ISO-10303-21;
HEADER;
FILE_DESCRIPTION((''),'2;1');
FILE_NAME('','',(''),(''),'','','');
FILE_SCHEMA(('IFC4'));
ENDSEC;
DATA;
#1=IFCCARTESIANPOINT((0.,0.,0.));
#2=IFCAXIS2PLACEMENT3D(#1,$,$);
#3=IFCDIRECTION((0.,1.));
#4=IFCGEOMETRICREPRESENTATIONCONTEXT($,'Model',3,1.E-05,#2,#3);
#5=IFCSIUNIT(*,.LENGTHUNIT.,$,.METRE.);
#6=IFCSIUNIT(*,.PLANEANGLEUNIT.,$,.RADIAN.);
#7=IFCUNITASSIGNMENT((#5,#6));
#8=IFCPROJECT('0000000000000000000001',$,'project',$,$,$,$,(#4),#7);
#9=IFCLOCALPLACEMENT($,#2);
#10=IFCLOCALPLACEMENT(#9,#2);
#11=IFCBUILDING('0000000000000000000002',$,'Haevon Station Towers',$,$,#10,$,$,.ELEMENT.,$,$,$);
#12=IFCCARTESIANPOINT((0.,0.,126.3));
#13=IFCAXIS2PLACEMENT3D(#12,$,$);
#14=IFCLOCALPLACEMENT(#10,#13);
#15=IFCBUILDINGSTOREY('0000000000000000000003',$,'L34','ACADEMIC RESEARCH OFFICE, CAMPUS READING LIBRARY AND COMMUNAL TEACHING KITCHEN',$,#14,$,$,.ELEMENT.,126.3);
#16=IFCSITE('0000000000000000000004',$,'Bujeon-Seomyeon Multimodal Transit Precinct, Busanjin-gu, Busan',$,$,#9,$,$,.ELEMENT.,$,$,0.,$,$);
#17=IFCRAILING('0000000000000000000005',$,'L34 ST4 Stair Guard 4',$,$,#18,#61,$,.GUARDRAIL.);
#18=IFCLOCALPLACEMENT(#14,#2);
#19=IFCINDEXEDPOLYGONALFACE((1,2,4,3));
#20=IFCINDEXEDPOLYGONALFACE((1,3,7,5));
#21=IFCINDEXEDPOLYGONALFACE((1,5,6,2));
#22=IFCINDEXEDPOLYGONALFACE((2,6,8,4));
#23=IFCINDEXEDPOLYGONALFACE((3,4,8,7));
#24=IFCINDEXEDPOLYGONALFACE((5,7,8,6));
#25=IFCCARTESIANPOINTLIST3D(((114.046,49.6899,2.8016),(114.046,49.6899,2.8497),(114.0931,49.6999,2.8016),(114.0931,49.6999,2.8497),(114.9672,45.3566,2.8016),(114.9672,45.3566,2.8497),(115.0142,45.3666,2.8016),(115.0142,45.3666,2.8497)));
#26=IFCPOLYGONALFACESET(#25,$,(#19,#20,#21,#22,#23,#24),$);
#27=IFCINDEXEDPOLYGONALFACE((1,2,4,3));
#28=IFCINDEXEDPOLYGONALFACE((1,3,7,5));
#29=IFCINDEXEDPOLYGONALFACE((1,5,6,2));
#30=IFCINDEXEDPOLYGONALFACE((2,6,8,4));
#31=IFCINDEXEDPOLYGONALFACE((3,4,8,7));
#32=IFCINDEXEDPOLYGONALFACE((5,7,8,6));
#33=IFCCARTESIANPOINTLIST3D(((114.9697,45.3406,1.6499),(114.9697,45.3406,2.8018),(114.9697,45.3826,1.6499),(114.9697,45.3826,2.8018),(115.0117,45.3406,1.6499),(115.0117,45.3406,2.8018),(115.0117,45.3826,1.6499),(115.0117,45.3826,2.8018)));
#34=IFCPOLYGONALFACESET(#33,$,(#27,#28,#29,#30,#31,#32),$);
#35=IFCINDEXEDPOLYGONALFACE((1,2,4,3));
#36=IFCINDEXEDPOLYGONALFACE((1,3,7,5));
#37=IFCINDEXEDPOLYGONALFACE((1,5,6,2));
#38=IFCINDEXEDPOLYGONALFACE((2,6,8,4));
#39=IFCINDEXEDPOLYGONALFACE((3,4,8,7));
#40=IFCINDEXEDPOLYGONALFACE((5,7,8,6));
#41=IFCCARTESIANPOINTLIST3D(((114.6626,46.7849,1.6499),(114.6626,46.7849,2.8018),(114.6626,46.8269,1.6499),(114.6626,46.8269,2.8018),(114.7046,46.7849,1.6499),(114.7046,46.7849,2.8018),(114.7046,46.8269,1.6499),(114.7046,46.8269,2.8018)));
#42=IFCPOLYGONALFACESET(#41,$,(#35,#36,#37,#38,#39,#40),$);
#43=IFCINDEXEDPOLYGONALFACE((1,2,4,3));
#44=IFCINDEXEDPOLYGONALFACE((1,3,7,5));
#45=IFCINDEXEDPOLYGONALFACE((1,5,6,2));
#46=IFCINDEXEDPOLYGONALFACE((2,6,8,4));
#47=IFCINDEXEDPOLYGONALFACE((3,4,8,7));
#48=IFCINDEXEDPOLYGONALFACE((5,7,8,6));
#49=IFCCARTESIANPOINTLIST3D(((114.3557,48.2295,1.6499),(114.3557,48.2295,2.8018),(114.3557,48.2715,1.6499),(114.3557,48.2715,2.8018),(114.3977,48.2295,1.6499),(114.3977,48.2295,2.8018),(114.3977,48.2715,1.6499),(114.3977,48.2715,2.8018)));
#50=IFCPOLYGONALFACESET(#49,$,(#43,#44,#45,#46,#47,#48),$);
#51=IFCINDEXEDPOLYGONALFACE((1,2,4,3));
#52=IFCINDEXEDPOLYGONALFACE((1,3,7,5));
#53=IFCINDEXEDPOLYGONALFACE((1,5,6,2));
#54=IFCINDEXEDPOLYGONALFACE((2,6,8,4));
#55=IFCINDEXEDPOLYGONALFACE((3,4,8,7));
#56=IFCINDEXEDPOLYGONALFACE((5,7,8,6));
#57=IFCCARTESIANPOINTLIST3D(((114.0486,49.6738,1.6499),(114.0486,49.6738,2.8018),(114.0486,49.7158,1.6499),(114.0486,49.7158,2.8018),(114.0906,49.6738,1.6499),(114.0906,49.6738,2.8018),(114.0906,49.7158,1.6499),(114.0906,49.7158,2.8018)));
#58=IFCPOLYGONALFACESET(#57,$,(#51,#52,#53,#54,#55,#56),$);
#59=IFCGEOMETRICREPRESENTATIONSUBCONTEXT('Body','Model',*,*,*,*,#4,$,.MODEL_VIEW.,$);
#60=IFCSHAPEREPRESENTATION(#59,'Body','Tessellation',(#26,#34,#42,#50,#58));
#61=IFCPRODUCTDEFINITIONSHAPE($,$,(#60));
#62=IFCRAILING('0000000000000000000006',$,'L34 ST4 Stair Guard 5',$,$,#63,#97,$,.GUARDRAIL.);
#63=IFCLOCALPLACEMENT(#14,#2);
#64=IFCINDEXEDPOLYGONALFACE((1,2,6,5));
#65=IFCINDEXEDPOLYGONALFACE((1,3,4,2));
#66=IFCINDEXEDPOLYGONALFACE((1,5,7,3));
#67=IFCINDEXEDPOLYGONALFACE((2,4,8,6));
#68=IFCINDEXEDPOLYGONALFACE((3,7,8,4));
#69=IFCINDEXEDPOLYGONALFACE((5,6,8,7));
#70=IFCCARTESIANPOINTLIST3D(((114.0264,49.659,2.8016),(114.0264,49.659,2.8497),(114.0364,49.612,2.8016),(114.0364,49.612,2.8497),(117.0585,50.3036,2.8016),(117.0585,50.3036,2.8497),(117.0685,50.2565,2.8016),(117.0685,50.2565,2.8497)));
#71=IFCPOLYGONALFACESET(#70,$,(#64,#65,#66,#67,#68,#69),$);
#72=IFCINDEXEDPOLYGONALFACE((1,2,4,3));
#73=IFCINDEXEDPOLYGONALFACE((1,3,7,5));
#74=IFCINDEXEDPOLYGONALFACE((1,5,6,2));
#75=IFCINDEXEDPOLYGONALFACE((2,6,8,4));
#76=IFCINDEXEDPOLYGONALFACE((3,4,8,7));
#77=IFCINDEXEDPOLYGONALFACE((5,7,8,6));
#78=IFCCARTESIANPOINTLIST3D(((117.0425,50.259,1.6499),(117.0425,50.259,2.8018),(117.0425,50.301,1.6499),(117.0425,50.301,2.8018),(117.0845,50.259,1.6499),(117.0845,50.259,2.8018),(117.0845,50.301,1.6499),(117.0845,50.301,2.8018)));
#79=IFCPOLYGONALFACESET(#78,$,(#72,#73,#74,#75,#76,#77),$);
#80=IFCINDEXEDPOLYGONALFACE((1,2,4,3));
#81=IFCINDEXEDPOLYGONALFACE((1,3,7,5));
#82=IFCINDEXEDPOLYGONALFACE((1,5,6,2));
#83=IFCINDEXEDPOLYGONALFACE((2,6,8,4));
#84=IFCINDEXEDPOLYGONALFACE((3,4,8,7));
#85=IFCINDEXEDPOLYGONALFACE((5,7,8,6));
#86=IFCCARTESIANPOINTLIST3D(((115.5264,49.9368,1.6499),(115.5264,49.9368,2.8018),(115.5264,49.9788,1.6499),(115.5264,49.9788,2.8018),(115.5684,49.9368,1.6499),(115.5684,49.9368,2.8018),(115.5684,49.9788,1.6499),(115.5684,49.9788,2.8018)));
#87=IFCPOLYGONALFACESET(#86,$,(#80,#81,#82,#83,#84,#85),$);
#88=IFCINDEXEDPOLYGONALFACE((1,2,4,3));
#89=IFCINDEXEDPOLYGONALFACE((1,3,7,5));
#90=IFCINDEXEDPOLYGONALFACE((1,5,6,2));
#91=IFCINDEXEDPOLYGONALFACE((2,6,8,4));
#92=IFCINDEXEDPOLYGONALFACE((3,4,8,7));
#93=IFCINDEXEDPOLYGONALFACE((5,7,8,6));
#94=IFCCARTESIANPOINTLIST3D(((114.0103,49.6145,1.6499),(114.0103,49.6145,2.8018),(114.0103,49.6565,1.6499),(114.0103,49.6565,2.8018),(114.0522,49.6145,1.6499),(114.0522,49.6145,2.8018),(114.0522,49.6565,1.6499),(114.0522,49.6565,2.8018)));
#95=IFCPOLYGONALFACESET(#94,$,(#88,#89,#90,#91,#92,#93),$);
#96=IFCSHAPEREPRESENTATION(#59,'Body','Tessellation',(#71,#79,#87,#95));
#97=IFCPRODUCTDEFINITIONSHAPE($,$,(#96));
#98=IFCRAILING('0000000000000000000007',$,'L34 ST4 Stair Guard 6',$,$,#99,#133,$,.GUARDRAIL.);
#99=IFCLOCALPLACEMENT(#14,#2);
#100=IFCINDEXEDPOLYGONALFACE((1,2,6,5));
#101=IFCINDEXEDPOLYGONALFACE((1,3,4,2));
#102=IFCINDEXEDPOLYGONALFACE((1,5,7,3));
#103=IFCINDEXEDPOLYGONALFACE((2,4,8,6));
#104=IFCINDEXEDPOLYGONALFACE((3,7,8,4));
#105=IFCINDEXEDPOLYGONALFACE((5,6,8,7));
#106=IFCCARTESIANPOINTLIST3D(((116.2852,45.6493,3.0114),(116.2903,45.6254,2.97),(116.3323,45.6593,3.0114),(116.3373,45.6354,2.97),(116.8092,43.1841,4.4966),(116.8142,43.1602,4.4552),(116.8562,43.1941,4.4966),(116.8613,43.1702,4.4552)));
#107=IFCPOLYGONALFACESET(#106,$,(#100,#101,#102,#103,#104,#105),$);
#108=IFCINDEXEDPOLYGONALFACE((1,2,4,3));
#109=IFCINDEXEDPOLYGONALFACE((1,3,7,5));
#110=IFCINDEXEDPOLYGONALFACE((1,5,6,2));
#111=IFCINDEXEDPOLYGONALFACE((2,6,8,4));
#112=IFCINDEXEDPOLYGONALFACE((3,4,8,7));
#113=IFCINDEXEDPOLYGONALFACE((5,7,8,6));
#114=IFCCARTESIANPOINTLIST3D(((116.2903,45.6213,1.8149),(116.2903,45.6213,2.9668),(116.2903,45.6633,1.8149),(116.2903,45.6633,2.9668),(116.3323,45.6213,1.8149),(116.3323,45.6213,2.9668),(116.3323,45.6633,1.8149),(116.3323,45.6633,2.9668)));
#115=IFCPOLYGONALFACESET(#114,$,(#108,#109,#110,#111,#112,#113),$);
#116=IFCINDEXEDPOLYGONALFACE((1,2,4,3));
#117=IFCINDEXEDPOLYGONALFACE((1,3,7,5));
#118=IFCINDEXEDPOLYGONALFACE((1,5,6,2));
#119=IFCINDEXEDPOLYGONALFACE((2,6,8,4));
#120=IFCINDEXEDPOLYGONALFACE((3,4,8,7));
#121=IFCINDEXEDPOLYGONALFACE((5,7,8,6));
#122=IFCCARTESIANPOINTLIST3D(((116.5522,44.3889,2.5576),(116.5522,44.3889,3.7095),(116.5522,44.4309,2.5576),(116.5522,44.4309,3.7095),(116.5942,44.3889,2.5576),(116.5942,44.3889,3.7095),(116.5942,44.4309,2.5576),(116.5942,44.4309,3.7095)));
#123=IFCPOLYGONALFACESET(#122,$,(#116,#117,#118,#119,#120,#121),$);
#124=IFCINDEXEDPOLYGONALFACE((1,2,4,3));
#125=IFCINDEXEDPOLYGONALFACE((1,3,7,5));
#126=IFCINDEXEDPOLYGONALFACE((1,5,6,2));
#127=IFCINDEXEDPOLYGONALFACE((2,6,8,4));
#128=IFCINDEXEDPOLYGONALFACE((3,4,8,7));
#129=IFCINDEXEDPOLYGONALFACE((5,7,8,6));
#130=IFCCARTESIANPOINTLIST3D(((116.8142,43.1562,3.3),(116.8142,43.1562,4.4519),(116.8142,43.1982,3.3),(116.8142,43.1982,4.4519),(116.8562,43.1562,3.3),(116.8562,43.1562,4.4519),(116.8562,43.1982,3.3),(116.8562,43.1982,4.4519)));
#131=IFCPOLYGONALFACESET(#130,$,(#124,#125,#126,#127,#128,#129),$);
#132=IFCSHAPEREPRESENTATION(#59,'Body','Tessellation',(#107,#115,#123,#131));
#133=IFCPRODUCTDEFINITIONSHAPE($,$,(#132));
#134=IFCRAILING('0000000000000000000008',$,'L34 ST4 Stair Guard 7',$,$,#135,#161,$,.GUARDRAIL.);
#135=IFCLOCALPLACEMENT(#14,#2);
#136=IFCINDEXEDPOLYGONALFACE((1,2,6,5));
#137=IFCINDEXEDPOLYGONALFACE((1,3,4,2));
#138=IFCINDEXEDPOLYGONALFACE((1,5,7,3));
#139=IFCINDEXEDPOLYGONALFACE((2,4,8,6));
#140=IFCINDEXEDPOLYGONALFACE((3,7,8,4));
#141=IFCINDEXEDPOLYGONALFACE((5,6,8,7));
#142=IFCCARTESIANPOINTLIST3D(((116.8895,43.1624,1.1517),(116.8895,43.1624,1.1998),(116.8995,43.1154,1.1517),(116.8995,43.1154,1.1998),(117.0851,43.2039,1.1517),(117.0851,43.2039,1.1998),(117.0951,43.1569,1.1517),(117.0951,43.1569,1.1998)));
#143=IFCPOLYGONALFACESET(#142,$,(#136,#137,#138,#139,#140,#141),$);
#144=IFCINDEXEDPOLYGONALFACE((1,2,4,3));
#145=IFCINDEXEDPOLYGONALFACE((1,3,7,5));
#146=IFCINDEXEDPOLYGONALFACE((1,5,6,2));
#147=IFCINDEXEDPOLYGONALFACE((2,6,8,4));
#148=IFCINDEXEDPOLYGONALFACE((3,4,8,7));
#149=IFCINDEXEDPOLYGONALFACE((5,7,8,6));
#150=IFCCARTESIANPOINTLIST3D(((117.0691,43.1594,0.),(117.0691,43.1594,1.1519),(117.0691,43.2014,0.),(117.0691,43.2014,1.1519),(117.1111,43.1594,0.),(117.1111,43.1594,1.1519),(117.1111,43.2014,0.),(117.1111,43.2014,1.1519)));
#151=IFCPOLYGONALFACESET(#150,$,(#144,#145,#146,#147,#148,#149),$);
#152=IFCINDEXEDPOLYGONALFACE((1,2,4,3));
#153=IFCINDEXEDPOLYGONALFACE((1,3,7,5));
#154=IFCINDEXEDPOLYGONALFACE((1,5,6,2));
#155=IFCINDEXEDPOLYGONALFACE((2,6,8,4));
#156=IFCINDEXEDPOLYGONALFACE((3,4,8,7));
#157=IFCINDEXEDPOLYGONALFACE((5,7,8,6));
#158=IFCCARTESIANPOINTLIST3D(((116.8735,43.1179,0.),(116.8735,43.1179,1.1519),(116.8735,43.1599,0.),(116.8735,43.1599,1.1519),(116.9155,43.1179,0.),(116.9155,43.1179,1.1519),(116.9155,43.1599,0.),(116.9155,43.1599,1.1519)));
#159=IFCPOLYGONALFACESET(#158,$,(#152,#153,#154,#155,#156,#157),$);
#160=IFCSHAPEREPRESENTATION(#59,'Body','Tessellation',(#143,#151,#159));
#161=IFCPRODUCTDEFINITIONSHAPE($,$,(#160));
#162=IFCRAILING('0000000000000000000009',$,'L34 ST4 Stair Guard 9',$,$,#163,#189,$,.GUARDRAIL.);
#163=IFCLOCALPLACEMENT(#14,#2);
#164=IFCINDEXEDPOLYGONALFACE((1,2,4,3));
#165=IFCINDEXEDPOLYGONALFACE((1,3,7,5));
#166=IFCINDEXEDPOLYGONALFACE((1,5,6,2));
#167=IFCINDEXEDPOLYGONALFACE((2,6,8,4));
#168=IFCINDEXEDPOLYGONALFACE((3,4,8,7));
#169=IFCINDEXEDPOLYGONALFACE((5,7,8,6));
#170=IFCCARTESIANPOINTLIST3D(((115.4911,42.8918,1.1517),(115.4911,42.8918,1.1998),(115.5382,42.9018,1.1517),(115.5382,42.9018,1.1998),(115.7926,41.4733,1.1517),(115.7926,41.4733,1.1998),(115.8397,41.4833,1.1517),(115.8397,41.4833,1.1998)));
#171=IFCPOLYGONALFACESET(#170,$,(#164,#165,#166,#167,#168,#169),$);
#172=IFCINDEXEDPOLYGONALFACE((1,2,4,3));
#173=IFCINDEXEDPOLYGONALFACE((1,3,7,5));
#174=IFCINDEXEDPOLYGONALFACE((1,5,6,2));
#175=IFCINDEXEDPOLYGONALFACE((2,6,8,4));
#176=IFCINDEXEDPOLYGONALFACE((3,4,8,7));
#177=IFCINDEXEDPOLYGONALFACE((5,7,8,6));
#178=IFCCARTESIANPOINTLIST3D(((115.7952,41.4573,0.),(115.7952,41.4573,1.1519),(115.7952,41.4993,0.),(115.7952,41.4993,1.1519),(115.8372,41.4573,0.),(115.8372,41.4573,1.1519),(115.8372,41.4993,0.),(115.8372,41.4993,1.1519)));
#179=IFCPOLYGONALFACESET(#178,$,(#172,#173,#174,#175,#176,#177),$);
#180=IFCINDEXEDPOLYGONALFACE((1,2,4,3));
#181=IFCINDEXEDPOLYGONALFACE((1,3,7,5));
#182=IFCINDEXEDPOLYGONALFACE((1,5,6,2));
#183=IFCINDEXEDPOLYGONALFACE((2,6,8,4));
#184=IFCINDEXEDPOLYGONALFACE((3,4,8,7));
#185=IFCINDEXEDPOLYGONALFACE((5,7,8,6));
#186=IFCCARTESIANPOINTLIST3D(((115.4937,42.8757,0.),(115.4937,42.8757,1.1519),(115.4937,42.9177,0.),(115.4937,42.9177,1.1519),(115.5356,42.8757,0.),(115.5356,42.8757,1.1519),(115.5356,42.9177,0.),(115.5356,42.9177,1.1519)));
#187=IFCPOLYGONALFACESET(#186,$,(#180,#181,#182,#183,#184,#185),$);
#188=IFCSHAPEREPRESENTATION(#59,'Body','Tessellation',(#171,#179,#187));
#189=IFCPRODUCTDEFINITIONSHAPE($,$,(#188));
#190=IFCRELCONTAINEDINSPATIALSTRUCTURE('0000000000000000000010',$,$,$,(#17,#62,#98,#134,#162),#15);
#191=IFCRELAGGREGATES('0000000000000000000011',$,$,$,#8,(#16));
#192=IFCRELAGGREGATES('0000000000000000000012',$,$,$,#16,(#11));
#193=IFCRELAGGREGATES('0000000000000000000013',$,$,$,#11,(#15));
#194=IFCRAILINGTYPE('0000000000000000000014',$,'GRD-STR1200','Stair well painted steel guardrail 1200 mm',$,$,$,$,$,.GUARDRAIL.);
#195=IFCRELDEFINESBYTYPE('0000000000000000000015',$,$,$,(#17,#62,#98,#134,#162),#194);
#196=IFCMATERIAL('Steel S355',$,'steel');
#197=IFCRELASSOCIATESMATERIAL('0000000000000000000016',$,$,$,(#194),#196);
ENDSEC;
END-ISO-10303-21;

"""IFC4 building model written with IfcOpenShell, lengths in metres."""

from ifc_helpers import new_model, si_unit, direction, frame, origin, origin_2d, place, context, subcontext, project, spatial, rectangle, extrude, material, type_object, element, save


model = new_model("IFC4")

# Units and contexts
model_context = context("Model", 3, precision=1e-05, world=origin(), true_north=direction((0.0, 1.0)))
body_context = subcontext(model_context, "Body", "Model", "MODEL_VIEW")
ifc_project = project(units=[si_unit("LENGTHUNIT", "METRE"), si_unit("PLANEANGLEUNIT", "RADIAN")], contexts=[model_context])

# Site, building, storey
site_placement = place(None, origin())
site = spatial("IfcSite", under=ifc_project, at=site_placement, Name="Bujeon-Seomyeon Multimodal Transit Precinct, Busanjin-gu, Busan", CompositionType="ELEMENT", RefElevation=0.0)
building_placement = place(site_placement, origin())
building = spatial("IfcBuilding", under=site, at=building_placement, Name="Haevon Station Towers", CompositionType="ELEMENT")
storey_placement = place(building_placement, frame((0.0, 0.0, 126.3)))
storey = spatial("IfcBuildingStorey", under=building, at=storey_placement, Name="L34", Description="ACADEMIC RESEARCH OFFICE, CAMPUS READING LIBRARY AND COMMUNAL TEACHING KITCHEN", CompositionType="ELEMENT", Elevation=126.3)

# Railings
ifc_material_1 = material(Name="Steel S355", Category="steel")
railing_type_1 = type_object("IfcRailingType", Name="GRD-STR1200", Description="Stair well painted steel guardrail 1200 mm", PredefinedType="GUARDRAIL", material=ifc_material_1)
railing_1_placement = place(storey_placement, frame((114.9907, 45.3616, 1.6499)))
element("IfcRailing", 1, at=railing_1_placement, inside=storey, type_object=railing_type_1, Name="L34 ST4 Stair Guard 4", PredefinedType="GUARDRAIL", context=body_context, shape_type="SweptSolid", body=[
    extrude(rectangle(XDim=0.0481, YDim=0.0481, at=origin_2d()), frame((0.0, 0.0, 1.1758), z_axis=(-0.207929, 0.978144, 0.0), x_axis=(-0.978144, -0.207929, 0.0)), (0.0, 0.0, 1.0), 4.4302),
    extrude(rectangle(XDim=0.042, YDim=0.042, at=origin_2d()), origin(), (0.0, 0.0, 1.0), 1.1519),
    extrude(rectangle(XDim=0.042, YDim=0.042, at=origin_2d()), frame((-0.3071, 1.4443, 0.0)), (0.0, 0.0, 1.0), 1.1519),
    extrude(rectangle(XDim=0.042, YDim=0.042, at=origin_2d()), frame((-0.614, 2.8889, 0.0)), (0.0, 0.0, 1.0), 1.1519),
    extrude(rectangle(XDim=0.042, YDim=0.042, at=origin_2d()), frame((-0.9211, 4.3333, 0.0)), (0.0, 0.0, 1.0), 1.1519),
])
railing_2_placement = place(storey_placement, frame((117.0635, 50.28, 1.6499)))
element("IfcRailing", 2, at=railing_2_placement, inside=storey, type_object=railing_type_1, Name="L34 ST4 Stair Guard 5", PredefinedType="GUARDRAIL", context=body_context, shape_type="SweptSolid", body=[
    extrude(rectangle(XDim=0.0481, YDim=0.0481, at=origin_2d()), frame((0.0, 0.0, 1.1758), z_axis=(-0.978147, -0.207915, 0.0), x_axis=(0.207915, -0.978147, 0.0)), (0.0, 0.0, 1.0), 3.0999),
    extrude(rectangle(XDim=0.042, YDim=0.042, at=origin_2d()), origin(), (0.0, 0.0, 1.0), 1.1519),
    extrude(rectangle(XDim=0.042, YDim=0.042, at=origin_2d()), frame((-1.5161, -0.3223, 0.0)), (0.0, 0.0, 1.0), 1.1519),
    extrude(rectangle(XDim=0.042, YDim=0.042, at=origin_2d()), frame((-3.0322, -0.6445, 0.0)), (0.0, 0.0, 1.0), 1.1519),
])
railing_3_placement = place(storey_placement, frame((116.3113, 45.6423, 1.8149)))
element("IfcRailing", 3, at=railing_3_placement, inside=storey, type_object=railing_type_1, Name="L34 ST4 Stair Guard 6", PredefinedType="GUARDRAIL", context=body_context, shape_type="SweptSolid", body=[
    extrude(rectangle(XDim=0.0481, YDim=0.0481, at=origin_2d()), frame((0.0, 0.0, 1.1758), z_axis=(0.179109, -0.842712, 0.507697), x_axis=(0.978151, 0.207895, 0.0)), (0.0, 0.0, 1.0), 2.9253),
    extrude(rectangle(XDim=0.042, YDim=0.042, at=origin_2d()), origin(), (0.0, 0.0, 1.0), 1.1519),
    extrude(rectangle(XDim=0.042, YDim=0.042, at=origin_2d()), frame((0.262, -1.2324, 0.7427)), (0.0, 0.0, 1.0), 1.1519),
    extrude(rectangle(XDim=0.042, YDim=0.042, at=origin_2d()), frame((0.5239, -2.4651, 1.4851)), (0.0, 0.0, 1.0), 1.1519),
])
railing_4_placement = place(storey_placement, frame((117.0901, 43.1804, 0.0)))
element("IfcRailing", 4, at=railing_4_placement, inside=storey, type_object=railing_type_1, Name="L34 ST4 Stair Guard 7", PredefinedType="GUARDRAIL", context=body_context, shape_type="SweptSolid", body=[
    extrude(rectangle(XDim=0.0481, YDim=0.0481, at=origin_2d()), frame((0.0, 0.0, 1.1758), z_axis=(-0.978212, -0.20761, 0.0), x_axis=(0.20761, -0.978212, 0.0)), (0.0, 0.0, 1.0), 0.2),
    extrude(rectangle(XDim=0.042, YDim=0.042, at=origin_2d()), origin(), (0.0, 0.0, 1.0), 1.1519),
    extrude(rectangle(XDim=0.042, YDim=0.042, at=origin_2d()), frame((-0.1956, -0.0415, 0.0)), (0.0, 0.0, 1.0), 1.1519),
])
railing_5_placement = place(storey_placement, frame((115.8162, 41.4783, 0.0)))
element("IfcRailing", 5, at=railing_5_placement, inside=storey, type_object=railing_type_1, Name="L34 ST4 Stair Guard 9", PredefinedType="GUARDRAIL", context=body_context, shape_type="SweptSolid", body=[
    extrude(rectangle(XDim=0.0481, YDim=0.0481, at=origin_2d()), frame((0.0, 0.0, 1.1758), z_axis=(-0.207919, 0.978146, 0.0), x_axis=(-0.978146, -0.207919, 0.0)), (0.0, 0.0, 1.0), 1.4502),
    extrude(rectangle(XDim=0.042, YDim=0.042, at=origin_2d()), origin(), (0.0, 0.0, 1.0), 1.1519),
    extrude(rectangle(XDim=0.042, YDim=0.042, at=origin_2d()), frame((-0.3015, 1.4185, 0.0)), (0.0, 0.0, 1.0), 1.1519),
])

save(model, "model.ifc")
